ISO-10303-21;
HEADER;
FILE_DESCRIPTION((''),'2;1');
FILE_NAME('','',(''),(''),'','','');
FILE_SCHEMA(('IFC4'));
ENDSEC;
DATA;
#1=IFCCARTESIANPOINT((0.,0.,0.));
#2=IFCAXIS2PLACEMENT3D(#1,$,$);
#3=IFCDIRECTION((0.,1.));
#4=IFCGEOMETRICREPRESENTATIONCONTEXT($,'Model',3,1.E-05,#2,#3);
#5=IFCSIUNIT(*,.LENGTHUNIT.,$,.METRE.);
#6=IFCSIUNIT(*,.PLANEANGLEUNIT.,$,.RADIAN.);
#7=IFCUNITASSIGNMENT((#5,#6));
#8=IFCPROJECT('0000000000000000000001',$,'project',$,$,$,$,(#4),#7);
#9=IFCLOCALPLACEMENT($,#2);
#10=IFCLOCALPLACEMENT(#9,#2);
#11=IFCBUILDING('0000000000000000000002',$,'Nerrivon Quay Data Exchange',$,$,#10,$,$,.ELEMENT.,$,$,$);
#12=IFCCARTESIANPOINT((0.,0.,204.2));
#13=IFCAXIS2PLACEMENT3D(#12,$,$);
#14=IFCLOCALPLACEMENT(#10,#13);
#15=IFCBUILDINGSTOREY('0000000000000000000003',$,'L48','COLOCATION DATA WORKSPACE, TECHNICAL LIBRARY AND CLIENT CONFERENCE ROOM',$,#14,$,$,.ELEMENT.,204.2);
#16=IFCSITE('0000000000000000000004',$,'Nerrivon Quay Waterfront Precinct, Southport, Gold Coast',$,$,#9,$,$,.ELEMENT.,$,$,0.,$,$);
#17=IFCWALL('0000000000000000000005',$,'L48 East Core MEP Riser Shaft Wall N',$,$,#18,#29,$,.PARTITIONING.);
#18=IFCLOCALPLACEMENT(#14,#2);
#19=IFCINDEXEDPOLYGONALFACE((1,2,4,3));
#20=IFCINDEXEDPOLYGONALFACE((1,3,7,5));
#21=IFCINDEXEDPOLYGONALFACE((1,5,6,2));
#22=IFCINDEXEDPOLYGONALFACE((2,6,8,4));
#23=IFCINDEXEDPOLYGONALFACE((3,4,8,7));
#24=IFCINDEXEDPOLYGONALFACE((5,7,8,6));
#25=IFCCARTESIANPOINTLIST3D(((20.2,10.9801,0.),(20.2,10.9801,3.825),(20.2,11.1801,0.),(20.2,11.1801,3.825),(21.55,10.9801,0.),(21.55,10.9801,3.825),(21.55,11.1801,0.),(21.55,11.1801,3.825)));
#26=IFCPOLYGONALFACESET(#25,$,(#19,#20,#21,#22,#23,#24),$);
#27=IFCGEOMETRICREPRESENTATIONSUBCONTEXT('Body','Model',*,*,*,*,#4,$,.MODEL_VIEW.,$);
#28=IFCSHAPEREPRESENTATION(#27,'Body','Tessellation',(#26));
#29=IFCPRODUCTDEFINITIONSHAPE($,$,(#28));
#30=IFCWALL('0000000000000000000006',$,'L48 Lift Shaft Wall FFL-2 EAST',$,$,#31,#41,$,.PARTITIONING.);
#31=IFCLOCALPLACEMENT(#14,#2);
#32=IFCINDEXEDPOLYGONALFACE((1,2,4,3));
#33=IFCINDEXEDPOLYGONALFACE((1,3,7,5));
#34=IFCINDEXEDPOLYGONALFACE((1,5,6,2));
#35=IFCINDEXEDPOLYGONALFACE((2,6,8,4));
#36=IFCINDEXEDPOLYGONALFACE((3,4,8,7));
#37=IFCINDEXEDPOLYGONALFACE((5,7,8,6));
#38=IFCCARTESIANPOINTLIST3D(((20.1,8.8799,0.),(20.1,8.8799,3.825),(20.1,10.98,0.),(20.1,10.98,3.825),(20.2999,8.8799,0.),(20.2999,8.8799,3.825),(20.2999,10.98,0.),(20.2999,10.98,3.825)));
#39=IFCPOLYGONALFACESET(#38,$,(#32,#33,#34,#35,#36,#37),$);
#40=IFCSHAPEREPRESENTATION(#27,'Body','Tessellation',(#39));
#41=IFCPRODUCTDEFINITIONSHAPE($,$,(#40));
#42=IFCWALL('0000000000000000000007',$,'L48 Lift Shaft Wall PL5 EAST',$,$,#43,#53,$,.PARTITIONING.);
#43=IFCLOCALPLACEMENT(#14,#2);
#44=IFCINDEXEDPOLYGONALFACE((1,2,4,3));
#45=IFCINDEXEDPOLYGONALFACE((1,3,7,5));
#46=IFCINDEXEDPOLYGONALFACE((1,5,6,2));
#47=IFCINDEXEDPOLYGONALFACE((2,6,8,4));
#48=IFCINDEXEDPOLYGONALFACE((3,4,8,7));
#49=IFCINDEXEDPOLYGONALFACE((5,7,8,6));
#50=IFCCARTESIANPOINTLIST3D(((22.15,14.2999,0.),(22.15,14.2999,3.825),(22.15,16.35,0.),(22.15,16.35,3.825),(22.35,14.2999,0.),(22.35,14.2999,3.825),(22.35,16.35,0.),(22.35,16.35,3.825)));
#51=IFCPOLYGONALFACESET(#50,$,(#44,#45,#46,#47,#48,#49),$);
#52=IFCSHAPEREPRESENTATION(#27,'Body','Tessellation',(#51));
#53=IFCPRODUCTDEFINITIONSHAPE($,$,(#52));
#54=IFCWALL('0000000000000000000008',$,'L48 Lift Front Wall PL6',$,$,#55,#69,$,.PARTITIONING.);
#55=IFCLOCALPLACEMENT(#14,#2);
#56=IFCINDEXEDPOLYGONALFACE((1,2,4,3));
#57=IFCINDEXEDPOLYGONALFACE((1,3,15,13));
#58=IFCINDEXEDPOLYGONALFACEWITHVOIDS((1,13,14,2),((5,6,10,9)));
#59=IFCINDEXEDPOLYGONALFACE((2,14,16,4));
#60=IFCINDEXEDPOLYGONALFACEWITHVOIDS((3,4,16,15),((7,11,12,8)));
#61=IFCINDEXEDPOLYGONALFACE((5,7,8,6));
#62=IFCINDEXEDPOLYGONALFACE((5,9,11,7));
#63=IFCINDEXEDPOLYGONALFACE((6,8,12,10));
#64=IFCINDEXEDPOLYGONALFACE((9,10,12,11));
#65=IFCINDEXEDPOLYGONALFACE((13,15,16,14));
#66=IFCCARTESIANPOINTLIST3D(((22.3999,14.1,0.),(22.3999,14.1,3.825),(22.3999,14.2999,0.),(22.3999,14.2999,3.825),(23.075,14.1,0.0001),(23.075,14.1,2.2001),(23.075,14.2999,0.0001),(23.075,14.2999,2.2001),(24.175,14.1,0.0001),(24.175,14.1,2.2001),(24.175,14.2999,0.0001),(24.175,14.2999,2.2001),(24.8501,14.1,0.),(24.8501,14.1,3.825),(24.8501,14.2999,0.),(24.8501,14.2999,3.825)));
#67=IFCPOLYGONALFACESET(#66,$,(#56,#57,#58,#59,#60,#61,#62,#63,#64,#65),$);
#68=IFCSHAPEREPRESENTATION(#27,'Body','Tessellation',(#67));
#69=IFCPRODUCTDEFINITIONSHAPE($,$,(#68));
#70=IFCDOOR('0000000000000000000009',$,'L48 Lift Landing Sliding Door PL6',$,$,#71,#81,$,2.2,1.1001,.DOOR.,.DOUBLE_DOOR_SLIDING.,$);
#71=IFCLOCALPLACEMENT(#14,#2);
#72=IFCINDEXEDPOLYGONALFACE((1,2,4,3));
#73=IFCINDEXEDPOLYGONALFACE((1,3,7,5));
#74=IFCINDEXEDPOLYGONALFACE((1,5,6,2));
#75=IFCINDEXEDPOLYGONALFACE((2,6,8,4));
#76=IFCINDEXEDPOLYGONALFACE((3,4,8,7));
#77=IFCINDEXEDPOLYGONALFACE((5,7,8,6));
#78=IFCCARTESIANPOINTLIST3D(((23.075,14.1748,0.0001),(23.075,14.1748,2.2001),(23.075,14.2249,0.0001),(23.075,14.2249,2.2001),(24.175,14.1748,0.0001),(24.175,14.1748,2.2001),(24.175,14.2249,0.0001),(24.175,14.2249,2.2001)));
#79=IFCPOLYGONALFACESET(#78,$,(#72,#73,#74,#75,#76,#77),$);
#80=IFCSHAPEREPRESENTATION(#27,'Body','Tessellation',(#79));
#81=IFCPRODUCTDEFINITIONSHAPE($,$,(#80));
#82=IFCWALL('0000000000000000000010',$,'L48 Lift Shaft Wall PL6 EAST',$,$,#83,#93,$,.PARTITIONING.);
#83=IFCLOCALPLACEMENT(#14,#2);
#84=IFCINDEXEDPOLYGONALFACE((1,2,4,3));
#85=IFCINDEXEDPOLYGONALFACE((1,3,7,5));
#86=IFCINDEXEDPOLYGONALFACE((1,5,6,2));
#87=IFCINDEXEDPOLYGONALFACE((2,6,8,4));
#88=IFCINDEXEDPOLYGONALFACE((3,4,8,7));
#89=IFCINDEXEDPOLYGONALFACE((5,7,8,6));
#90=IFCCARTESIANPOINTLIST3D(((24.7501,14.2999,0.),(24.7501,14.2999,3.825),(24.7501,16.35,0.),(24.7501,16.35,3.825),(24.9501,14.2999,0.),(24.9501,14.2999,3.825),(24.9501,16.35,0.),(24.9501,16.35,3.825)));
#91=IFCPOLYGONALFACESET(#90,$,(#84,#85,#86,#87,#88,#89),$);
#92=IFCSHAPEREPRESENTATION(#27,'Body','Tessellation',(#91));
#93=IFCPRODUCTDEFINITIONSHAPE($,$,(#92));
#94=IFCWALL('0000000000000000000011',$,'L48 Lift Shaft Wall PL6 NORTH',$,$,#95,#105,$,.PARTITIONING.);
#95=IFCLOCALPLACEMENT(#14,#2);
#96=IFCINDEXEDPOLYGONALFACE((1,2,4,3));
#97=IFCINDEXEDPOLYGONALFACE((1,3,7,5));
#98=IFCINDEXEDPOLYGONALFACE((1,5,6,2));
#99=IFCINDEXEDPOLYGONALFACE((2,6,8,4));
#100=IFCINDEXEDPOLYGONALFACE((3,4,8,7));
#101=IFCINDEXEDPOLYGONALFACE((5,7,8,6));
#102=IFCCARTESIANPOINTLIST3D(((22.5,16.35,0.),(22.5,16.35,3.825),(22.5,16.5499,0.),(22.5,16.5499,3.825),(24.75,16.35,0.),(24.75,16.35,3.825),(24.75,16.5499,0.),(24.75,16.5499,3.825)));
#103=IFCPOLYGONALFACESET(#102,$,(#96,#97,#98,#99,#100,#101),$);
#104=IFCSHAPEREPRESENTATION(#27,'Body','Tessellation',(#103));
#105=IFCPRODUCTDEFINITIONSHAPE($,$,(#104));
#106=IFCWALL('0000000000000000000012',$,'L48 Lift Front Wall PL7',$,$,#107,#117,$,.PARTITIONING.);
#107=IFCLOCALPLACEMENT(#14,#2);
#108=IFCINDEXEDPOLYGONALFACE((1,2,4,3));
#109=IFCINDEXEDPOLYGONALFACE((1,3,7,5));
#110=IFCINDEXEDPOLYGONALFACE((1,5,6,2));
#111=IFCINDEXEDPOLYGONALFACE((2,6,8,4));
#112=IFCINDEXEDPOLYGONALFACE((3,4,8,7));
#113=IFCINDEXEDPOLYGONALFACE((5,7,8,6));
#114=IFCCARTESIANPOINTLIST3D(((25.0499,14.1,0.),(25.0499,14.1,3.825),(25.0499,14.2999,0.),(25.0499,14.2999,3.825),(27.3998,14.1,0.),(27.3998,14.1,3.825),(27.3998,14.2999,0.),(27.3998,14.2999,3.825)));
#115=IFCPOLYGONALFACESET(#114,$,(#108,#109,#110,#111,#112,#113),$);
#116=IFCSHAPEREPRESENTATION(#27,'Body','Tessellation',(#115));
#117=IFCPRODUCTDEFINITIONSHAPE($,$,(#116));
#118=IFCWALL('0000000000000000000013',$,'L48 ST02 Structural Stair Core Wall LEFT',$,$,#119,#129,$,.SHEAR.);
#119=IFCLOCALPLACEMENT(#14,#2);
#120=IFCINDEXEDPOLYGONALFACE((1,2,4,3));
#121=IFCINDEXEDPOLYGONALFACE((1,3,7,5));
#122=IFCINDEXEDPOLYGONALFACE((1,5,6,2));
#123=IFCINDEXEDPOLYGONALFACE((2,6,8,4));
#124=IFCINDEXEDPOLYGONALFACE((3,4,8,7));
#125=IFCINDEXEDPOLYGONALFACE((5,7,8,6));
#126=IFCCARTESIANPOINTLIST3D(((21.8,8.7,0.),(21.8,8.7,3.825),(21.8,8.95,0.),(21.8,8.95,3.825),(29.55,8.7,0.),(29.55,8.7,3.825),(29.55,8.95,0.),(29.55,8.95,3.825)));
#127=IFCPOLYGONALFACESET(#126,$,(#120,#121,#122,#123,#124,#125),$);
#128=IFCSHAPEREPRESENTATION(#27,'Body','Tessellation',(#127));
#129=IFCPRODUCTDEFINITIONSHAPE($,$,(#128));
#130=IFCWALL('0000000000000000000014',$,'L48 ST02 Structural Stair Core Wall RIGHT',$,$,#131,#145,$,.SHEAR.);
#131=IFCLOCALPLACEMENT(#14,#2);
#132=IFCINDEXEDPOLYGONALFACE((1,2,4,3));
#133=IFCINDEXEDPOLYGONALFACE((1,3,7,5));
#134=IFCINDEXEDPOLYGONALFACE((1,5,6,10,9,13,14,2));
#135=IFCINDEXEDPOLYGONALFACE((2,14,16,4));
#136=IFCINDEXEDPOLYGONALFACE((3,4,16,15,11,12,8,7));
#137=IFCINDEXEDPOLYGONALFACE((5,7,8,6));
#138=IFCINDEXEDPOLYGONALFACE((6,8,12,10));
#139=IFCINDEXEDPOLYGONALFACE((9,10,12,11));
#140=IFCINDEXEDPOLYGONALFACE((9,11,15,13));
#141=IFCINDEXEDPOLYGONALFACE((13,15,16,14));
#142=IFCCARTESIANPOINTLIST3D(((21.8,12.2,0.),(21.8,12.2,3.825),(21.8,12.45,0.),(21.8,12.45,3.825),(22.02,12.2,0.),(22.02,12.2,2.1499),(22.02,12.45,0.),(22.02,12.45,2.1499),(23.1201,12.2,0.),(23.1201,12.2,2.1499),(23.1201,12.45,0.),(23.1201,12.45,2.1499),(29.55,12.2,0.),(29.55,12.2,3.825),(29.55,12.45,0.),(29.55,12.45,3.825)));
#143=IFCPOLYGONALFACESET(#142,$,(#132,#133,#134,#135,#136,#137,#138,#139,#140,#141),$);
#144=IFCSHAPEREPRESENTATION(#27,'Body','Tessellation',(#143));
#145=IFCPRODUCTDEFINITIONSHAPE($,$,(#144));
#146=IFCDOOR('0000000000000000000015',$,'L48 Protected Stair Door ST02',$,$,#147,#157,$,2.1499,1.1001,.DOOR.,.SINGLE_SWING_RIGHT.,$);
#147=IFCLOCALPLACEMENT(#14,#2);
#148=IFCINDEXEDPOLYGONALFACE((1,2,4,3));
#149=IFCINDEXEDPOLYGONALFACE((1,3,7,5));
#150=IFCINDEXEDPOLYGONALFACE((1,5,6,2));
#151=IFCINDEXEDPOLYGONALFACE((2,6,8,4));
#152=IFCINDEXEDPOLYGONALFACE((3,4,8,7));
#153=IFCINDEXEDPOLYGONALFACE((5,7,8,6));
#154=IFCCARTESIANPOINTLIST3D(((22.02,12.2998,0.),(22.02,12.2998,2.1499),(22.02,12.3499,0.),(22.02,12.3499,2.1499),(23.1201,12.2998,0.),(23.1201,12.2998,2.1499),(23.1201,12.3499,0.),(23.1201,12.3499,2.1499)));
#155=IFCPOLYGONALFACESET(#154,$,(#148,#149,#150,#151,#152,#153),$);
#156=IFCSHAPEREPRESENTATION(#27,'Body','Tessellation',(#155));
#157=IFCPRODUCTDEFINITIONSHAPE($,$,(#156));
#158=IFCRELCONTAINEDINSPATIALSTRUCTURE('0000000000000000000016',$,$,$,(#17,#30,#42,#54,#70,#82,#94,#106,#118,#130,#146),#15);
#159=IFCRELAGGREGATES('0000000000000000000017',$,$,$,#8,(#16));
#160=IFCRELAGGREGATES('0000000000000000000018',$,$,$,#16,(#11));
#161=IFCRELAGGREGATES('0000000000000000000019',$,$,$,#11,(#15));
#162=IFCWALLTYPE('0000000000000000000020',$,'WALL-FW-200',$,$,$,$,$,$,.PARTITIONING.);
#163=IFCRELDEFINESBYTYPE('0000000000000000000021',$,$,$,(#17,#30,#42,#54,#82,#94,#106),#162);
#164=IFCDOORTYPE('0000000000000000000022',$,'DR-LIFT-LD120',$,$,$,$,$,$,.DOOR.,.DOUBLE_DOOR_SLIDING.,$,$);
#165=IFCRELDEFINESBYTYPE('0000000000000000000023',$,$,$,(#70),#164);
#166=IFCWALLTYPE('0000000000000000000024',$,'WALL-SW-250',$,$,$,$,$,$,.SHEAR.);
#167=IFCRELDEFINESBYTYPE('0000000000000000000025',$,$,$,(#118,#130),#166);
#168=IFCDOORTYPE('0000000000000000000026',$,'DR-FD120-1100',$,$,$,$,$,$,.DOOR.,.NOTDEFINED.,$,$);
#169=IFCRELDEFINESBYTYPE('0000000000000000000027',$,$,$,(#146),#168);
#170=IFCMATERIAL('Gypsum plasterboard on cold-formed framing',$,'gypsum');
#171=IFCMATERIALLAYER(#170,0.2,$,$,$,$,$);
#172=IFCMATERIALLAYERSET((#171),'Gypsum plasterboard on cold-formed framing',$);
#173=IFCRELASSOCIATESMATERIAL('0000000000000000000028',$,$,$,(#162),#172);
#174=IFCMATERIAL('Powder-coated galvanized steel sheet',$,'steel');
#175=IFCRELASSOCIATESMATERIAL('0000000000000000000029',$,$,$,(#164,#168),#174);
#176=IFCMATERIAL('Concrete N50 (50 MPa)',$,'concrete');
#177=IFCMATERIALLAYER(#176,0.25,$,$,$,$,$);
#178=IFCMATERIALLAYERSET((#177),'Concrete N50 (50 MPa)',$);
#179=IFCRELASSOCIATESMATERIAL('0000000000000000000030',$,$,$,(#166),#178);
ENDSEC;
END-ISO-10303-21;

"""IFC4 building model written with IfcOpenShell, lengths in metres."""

from ifc_helpers import new_model, si_unit, direction, frame, frame_2d, origin, place, context, subcontext, project, spatial, rectangle, extrude, material, layer, layer_set, type_object, element, fill, save


model = new_model("IFC4")

# Units and contexts
model_context = context("Model", 3, precision=1e-05, world=origin(), true_north=direction((0.0, 1.0)))
body_context = subcontext(model_context, "Body", "Model", "MODEL_VIEW")
ifc_project = project(units=[si_unit("LENGTHUNIT", "METRE"), si_unit("PLANEANGLEUNIT", "RADIAN")], contexts=[model_context])

# Site, building, storey
site_placement = place(None, origin())
site = spatial("IfcSite", under=ifc_project, at=site_placement, Name="Nerrivon Quay Waterfront Precinct, Southport, Gold Coast", CompositionType="ELEMENT", RefElevation=0.0)
building_placement = place(site_placement, origin())
building = spatial("IfcBuilding", under=site, at=building_placement, Name="Nerrivon Quay Data Exchange", CompositionType="ELEMENT")
storey_placement = place(building_placement, frame((0.0, 0.0, 204.2)))
storey = spatial("IfcBuildingStorey", under=building, at=storey_placement, Name="L48", Description="COLOCATION DATA WORKSPACE, TECHNICAL LIBRARY AND CLIENT CONFERENCE ROOM", CompositionType="ELEMENT", Elevation=204.2)

# Walls
ifc_material_1 = material(Name="Gypsum plasterboard on cold-formed framing", Category="gypsum")
ifc_layer_1 = layer(ifc_material_1, 0.2)
ifc_layer_set_1 = layer_set([ifc_layer_1], Name="Gypsum plasterboard on cold-formed framing")
wall_type_1 = type_object("IfcWallType", Name="WALL-FW-200", PredefinedType="PARTITIONING", material=ifc_layer_set_1)
wall_1_placement = place(storey_placement, frame((20.2, 11.0801, 0.0), z_axis=(0.0, 0.0, 1.0), x_axis=(1.0, 0.0, 0.0)))
element("IfcWall", 1, at=wall_1_placement, inside=storey, type_object=wall_type_1, Name="L48 East Core MEP Riser Shaft Wall N", PredefinedType="PARTITIONING", context=body_context, shape_type="SweptSolid", body=[
    extrude(rectangle(XDim=1.3501, YDim=0.2, at=frame_2d((0.675, 0.0))), origin(), (0.0, 0.0, 1.0), 3.825),
])
wall_2_placement = place(storey_placement, frame((20.2, 8.8799, 0.0), z_axis=(0.0, 0.0, 1.0), x_axis=(0.0, 1.0, 0.0)))
element("IfcWall", 2, at=wall_2_placement, inside=storey, type_object=wall_type_1, Name="L48 Lift Shaft Wall FFL-2 EAST", PredefinedType="PARTITIONING", context=body_context, shape_type="SweptSolid", body=[
    extrude(rectangle(XDim=2.1001, YDim=0.2, at=frame_2d((1.05, 0.0))), origin(), (0.0, 0.0, 1.0), 3.825),
])
wall_3_placement = place(storey_placement, frame((22.25, 14.3, 0.0), z_axis=(0.0, 0.0, 1.0), x_axis=(0.0, 1.0, 0.0)))
element("IfcWall", 3, at=wall_3_placement, inside=storey, type_object=wall_type_1, Name="L48 Lift Shaft Wall PL5 EAST", PredefinedType="PARTITIONING", context=body_context, shape_type="SweptSolid", body=[
    extrude(rectangle(XDim=2.05, YDim=0.2, at=frame_2d((1.0249, 0.0))), origin(), (0.0, 0.0, 1.0), 3.825),
])

# Wall, opening, door
wall_4_placement = place(storey_placement, frame((22.3999, 14.2, 0.0), z_axis=(0.0, 0.0, 1.0), x_axis=(1.0, 0.0, 0.0)))
wall_4 = element("IfcWall", 4, at=wall_4_placement, inside=storey, type_object=wall_type_1, Name="L48 Lift Front Wall PL6", PredefinedType="PARTITIONING", context=body_context, shape_type="SweptSolid", body=[
    extrude(rectangle(XDim=2.4502, YDim=0.2, at=frame_2d((1.2251, 0.0))), origin(), (0.0, 0.0, 1.0), 3.825),
])
opening_1_placement = place(wall_4_placement, frame((0.675, 0.0, 0.0)))
opening_1 = element("IfcOpeningElement", 5, at=opening_1_placement, cuts=wall_4, PredefinedType="OPENING", context=body_context, shape_type="SweptSolid", body=[
    extrude(rectangle(XDim=1.1001, YDim=2.2, at=frame_2d((0.55, 1.1001))), frame((0.0, 0.1099, 0.0), z_axis=(0.0, -1.0, 0.0), x_axis=(1.0, 0.0, 0.0)), (0.0, 0.0, 1.0), 0.22),
])
ifc_material_2 = material(Name="Powder-coated galvanized steel sheet", Category="steel")
door_type_1 = type_object("IfcDoorType", Name="DR-LIFT-LD120", OperationType="DOUBLE_DOOR_SLIDING", PredefinedType="DOOR", material=ifc_material_2)
door_1_placement = place(opening_1_placement, origin())
door_1 = element("IfcDoor", 6, at=door_1_placement, inside=storey, type_object=door_type_1, Name="L48 Lift Landing Sliding Door PL6", OperationType="DOUBLE_DOOR_SLIDING", OverallHeight=2.2, OverallWidth=1.1001, PredefinedType="DOOR", context=body_context, shape_type="SweptSolid", body=[
    extrude(rectangle(XDim=1.1001, YDim=2.2, at=frame_2d((0.55, 1.1001))), frame((0.0, 0.0249, 0.0), z_axis=(0.0, -1.0, 0.0), x_axis=(1.0, 0.0, 0.0)), (0.0, 0.0, 1.0), 0.05),
])
fill(opening_1, door_1)

# Walls
wall_5_placement = place(storey_placement, frame((24.8501, 14.3, 0.0), z_axis=(0.0, 0.0, 1.0), x_axis=(0.0, 1.0, 0.0)))
element("IfcWall", 7, at=wall_5_placement, inside=storey, type_object=wall_type_1, Name="L48 Lift Shaft Wall PL6 EAST", PredefinedType="PARTITIONING", context=body_context, shape_type="SweptSolid", body=[
    extrude(rectangle(XDim=2.05, YDim=0.2, at=frame_2d((1.0249, 0.0))), origin(), (0.0, 0.0, 1.0), 3.825),
])
wall_6_placement = place(storey_placement, frame((22.5, 16.45, 0.0), z_axis=(0.0, 0.0, 1.0), x_axis=(1.0, 0.0, 0.0)))
element("IfcWall", 8, at=wall_6_placement, inside=storey, type_object=wall_type_1, Name="L48 Lift Shaft Wall PL6 NORTH", PredefinedType="PARTITIONING", context=body_context, shape_type="SweptSolid", body=[
    extrude(rectangle(XDim=2.25, YDim=0.2, at=frame_2d((1.125, 0.0))), origin(), (0.0, 0.0, 1.0), 3.825),
])
wall_7_placement = place(storey_placement, frame((25.05, 14.2, 0.0), z_axis=(0.0, 0.0, 1.0), x_axis=(1.0, 0.0, 0.0)))
element("IfcWall", 9, at=wall_7_placement, inside=storey, type_object=wall_type_1, Name="L48 Lift Front Wall PL7", PredefinedType="PARTITIONING", context=body_context, shape_type="SweptSolid", body=[
    extrude(rectangle(XDim=2.3499, YDim=0.2, at=frame_2d((1.1748, 0.0))), origin(), (0.0, 0.0, 1.0), 3.825),
])
ifc_material_3 = material(Name="Concrete N50 (50 MPa)", Category="concrete")
ifc_layer_2 = layer(ifc_material_3, 0.25)
ifc_layer_set_2 = layer_set([ifc_layer_2], Name="Concrete N50 (50 MPa)")
wall_type_2 = type_object("IfcWallType", Name="WALL-SW-250", PredefinedType="SHEAR", material=ifc_layer_set_2)
wall_8_placement = place(storey_placement, frame((21.8, 8.825, 0.0), z_axis=(0.0, 0.0, 1.0), x_axis=(1.0, 0.0, 0.0)))
element("IfcWall", 10, at=wall_8_placement, inside=storey, type_object=wall_type_2, Name="L48 ST02 Structural Stair Core Wall LEFT", PredefinedType="SHEAR", context=body_context, shape_type="SweptSolid", body=[
    extrude(rectangle(XDim=7.75, YDim=0.25, at=frame_2d((3.875, 0.0))), origin(), (0.0, 0.0, 1.0), 3.825),
])

# Wall, opening, door
wall_9_placement = place(storey_placement, frame((21.8, 12.325, 0.0), z_axis=(0.0, 0.0, 1.0), x_axis=(1.0, 0.0, 0.0)))
wall_9 = element("IfcWall", 11, at=wall_9_placement, inside=storey, type_object=wall_type_2, Name="L48 ST02 Structural Stair Core Wall RIGHT", PredefinedType="SHEAR", context=body_context, shape_type="SweptSolid", body=[
    extrude(rectangle(XDim=7.75, YDim=0.25, at=frame_2d((3.875, 0.0))), origin(), (0.0, 0.0, 1.0), 3.825),
])
opening_2_placement = place(wall_9_placement, frame((0.22, 0.0, 0.0)))
opening_2 = element("IfcOpeningElement", 12, at=opening_2_placement, cuts=wall_9, PredefinedType="OPENING", context=body_context, shape_type="SweptSolid", body=[
    extrude(rectangle(XDim=1.1001, YDim=2.1499, at=frame_2d((0.55, 1.075))), frame((0.0, 0.135, 0.0), z_axis=(0.0, -1.0, 0.0), x_axis=(1.0, 0.0, 0.0)), (0.0, 0.0, 1.0), 0.27),
])
door_type_2 = type_object("IfcDoorType", Name="DR-FD120-1100", OperationType="NOTDEFINED", PredefinedType="DOOR", material=ifc_material_2)
door_2_placement = place(opening_2_placement, origin())
door_2 = element("IfcDoor", 13, at=door_2_placement, inside=storey, type_object=door_type_2, Name="L48 Protected Stair Door ST02", OperationType="SINGLE_SWING_RIGHT", OverallHeight=2.1499, OverallWidth=1.1001, PredefinedType="DOOR", context=body_context, shape_type="SweptSolid", body=[
    extrude(rectangle(XDim=1.1001, YDim=2.1499, at=frame_2d((0.55, 1.075))), frame((0.0, 0.0249, 0.0), z_axis=(0.0, -1.0, 0.0), x_axis=(1.0, 0.0, 0.0)), (0.0, 0.0, 1.0), 0.05),
])
fill(opening_2, door_2)

save(model, "model.ifc")
